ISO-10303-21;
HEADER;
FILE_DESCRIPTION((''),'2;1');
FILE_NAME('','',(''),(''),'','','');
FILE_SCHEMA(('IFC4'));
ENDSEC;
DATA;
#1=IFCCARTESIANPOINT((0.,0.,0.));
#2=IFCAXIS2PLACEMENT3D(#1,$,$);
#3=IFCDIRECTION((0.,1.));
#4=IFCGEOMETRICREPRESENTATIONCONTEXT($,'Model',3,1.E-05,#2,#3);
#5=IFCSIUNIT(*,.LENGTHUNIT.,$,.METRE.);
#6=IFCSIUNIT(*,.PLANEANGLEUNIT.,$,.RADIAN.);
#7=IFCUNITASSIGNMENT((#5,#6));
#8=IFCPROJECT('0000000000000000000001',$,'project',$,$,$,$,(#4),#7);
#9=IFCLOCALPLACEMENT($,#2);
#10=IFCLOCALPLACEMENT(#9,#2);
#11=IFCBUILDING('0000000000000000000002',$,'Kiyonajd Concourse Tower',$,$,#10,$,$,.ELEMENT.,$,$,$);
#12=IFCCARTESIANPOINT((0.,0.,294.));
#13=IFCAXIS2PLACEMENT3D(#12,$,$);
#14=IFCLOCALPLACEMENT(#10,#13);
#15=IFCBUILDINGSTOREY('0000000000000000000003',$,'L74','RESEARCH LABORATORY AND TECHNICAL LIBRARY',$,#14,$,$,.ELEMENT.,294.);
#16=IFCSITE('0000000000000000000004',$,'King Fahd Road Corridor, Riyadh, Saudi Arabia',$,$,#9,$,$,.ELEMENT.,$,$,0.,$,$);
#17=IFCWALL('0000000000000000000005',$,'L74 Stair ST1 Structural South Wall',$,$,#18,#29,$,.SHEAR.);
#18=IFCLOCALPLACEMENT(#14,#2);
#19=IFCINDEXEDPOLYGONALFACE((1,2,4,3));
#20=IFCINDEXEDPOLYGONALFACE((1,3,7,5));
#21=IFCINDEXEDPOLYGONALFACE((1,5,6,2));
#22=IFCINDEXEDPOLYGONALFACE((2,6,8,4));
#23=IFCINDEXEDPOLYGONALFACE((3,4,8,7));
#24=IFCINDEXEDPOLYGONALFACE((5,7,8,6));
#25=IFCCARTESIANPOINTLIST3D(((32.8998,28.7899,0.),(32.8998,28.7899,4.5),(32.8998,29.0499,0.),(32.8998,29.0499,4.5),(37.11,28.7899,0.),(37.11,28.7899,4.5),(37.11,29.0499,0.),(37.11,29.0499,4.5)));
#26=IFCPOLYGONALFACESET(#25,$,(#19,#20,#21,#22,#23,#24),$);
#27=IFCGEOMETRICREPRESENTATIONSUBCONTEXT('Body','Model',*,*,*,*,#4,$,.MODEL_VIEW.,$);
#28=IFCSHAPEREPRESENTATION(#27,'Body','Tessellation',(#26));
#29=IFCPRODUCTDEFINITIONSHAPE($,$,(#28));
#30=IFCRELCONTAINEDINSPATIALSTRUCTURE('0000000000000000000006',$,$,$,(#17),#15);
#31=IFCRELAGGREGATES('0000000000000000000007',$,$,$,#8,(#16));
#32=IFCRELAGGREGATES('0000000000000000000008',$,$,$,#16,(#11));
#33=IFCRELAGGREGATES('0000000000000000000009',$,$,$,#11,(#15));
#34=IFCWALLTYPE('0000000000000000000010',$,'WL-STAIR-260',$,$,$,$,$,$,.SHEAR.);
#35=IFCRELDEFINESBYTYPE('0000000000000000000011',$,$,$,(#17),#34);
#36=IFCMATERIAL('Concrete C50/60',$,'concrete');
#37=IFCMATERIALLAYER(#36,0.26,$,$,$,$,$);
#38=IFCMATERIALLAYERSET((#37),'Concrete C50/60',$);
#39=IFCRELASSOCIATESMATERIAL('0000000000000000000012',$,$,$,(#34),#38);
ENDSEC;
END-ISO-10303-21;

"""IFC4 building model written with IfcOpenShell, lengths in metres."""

from ifc_helpers import new_model, si_unit, direction, frame, frame_2d, origin, place, context, subcontext, project, spatial, rectangle, extrude, material, layer, layer_set, type_object, element, save


model = new_model("IFC4")

# Units and contexts
model_context = context("Model", 3, precision=1e-05, world=origin(), true_north=direction((0.0, 1.0)))
body_context = subcontext(model_context, "Body", "Model", "MODEL_VIEW")
ifc_project = project(units=[si_unit("LENGTHUNIT", "METRE"), si_unit("PLANEANGLEUNIT", "RADIAN")], contexts=[model_context])

# Site, building, storey
site_placement = place(None, origin())
site = spatial("IfcSite", under=ifc_project, at=site_placement, Name="King Fahd Road Corridor, Riyadh, Saudi Arabia", CompositionType="ELEMENT", RefElevation=0.0)
building_placement = place(site_placement, origin())
building = spatial("IfcBuilding", under=site, at=building_placement, Name="Kiyonajd Concourse Tower", CompositionType="ELEMENT")
storey_placement = place(building_placement, frame((0.0, 0.0, 294.0)))
storey = spatial("IfcBuildingStorey", under=building, at=storey_placement, Name="L74", Description="RESEARCH LABORATORY AND TECHNICAL LIBRARY", CompositionType="ELEMENT", Elevation=294.0)

# Wall
ifc_material_1 = material(Name="Concrete C50/60", Category="concrete")
ifc_layer_1 = layer(ifc_material_1, 0.26)
ifc_layer_set_1 = layer_set([ifc_layer_1], Name="Concrete C50/60")
wall_type_1 = type_object("IfcWallType", Name="WL-STAIR-260", PredefinedType="SHEAR", material=ifc_layer_set_1)
wall_1_placement = place(storey_placement, frame((32.8999, 28.9199, 0.0), z_axis=(0.0, 0.0, 1.0), x_axis=(1.0, 0.0, 0.0)))
element("IfcWall", 1, at=wall_1_placement, inside=storey, type_object=wall_type_1, Name="L74 Stair ST1 Structural South Wall", PredefinedType="SHEAR", context=body_context, shape_type="SweptSolid", body=[
    extrude(rectangle(XDim=4.2102, YDim=0.26, at=frame_2d((2.105, 0.0))), origin(), (0.0, 0.0, 1.0), 4.5),
])

save(model, "model.ifc")
